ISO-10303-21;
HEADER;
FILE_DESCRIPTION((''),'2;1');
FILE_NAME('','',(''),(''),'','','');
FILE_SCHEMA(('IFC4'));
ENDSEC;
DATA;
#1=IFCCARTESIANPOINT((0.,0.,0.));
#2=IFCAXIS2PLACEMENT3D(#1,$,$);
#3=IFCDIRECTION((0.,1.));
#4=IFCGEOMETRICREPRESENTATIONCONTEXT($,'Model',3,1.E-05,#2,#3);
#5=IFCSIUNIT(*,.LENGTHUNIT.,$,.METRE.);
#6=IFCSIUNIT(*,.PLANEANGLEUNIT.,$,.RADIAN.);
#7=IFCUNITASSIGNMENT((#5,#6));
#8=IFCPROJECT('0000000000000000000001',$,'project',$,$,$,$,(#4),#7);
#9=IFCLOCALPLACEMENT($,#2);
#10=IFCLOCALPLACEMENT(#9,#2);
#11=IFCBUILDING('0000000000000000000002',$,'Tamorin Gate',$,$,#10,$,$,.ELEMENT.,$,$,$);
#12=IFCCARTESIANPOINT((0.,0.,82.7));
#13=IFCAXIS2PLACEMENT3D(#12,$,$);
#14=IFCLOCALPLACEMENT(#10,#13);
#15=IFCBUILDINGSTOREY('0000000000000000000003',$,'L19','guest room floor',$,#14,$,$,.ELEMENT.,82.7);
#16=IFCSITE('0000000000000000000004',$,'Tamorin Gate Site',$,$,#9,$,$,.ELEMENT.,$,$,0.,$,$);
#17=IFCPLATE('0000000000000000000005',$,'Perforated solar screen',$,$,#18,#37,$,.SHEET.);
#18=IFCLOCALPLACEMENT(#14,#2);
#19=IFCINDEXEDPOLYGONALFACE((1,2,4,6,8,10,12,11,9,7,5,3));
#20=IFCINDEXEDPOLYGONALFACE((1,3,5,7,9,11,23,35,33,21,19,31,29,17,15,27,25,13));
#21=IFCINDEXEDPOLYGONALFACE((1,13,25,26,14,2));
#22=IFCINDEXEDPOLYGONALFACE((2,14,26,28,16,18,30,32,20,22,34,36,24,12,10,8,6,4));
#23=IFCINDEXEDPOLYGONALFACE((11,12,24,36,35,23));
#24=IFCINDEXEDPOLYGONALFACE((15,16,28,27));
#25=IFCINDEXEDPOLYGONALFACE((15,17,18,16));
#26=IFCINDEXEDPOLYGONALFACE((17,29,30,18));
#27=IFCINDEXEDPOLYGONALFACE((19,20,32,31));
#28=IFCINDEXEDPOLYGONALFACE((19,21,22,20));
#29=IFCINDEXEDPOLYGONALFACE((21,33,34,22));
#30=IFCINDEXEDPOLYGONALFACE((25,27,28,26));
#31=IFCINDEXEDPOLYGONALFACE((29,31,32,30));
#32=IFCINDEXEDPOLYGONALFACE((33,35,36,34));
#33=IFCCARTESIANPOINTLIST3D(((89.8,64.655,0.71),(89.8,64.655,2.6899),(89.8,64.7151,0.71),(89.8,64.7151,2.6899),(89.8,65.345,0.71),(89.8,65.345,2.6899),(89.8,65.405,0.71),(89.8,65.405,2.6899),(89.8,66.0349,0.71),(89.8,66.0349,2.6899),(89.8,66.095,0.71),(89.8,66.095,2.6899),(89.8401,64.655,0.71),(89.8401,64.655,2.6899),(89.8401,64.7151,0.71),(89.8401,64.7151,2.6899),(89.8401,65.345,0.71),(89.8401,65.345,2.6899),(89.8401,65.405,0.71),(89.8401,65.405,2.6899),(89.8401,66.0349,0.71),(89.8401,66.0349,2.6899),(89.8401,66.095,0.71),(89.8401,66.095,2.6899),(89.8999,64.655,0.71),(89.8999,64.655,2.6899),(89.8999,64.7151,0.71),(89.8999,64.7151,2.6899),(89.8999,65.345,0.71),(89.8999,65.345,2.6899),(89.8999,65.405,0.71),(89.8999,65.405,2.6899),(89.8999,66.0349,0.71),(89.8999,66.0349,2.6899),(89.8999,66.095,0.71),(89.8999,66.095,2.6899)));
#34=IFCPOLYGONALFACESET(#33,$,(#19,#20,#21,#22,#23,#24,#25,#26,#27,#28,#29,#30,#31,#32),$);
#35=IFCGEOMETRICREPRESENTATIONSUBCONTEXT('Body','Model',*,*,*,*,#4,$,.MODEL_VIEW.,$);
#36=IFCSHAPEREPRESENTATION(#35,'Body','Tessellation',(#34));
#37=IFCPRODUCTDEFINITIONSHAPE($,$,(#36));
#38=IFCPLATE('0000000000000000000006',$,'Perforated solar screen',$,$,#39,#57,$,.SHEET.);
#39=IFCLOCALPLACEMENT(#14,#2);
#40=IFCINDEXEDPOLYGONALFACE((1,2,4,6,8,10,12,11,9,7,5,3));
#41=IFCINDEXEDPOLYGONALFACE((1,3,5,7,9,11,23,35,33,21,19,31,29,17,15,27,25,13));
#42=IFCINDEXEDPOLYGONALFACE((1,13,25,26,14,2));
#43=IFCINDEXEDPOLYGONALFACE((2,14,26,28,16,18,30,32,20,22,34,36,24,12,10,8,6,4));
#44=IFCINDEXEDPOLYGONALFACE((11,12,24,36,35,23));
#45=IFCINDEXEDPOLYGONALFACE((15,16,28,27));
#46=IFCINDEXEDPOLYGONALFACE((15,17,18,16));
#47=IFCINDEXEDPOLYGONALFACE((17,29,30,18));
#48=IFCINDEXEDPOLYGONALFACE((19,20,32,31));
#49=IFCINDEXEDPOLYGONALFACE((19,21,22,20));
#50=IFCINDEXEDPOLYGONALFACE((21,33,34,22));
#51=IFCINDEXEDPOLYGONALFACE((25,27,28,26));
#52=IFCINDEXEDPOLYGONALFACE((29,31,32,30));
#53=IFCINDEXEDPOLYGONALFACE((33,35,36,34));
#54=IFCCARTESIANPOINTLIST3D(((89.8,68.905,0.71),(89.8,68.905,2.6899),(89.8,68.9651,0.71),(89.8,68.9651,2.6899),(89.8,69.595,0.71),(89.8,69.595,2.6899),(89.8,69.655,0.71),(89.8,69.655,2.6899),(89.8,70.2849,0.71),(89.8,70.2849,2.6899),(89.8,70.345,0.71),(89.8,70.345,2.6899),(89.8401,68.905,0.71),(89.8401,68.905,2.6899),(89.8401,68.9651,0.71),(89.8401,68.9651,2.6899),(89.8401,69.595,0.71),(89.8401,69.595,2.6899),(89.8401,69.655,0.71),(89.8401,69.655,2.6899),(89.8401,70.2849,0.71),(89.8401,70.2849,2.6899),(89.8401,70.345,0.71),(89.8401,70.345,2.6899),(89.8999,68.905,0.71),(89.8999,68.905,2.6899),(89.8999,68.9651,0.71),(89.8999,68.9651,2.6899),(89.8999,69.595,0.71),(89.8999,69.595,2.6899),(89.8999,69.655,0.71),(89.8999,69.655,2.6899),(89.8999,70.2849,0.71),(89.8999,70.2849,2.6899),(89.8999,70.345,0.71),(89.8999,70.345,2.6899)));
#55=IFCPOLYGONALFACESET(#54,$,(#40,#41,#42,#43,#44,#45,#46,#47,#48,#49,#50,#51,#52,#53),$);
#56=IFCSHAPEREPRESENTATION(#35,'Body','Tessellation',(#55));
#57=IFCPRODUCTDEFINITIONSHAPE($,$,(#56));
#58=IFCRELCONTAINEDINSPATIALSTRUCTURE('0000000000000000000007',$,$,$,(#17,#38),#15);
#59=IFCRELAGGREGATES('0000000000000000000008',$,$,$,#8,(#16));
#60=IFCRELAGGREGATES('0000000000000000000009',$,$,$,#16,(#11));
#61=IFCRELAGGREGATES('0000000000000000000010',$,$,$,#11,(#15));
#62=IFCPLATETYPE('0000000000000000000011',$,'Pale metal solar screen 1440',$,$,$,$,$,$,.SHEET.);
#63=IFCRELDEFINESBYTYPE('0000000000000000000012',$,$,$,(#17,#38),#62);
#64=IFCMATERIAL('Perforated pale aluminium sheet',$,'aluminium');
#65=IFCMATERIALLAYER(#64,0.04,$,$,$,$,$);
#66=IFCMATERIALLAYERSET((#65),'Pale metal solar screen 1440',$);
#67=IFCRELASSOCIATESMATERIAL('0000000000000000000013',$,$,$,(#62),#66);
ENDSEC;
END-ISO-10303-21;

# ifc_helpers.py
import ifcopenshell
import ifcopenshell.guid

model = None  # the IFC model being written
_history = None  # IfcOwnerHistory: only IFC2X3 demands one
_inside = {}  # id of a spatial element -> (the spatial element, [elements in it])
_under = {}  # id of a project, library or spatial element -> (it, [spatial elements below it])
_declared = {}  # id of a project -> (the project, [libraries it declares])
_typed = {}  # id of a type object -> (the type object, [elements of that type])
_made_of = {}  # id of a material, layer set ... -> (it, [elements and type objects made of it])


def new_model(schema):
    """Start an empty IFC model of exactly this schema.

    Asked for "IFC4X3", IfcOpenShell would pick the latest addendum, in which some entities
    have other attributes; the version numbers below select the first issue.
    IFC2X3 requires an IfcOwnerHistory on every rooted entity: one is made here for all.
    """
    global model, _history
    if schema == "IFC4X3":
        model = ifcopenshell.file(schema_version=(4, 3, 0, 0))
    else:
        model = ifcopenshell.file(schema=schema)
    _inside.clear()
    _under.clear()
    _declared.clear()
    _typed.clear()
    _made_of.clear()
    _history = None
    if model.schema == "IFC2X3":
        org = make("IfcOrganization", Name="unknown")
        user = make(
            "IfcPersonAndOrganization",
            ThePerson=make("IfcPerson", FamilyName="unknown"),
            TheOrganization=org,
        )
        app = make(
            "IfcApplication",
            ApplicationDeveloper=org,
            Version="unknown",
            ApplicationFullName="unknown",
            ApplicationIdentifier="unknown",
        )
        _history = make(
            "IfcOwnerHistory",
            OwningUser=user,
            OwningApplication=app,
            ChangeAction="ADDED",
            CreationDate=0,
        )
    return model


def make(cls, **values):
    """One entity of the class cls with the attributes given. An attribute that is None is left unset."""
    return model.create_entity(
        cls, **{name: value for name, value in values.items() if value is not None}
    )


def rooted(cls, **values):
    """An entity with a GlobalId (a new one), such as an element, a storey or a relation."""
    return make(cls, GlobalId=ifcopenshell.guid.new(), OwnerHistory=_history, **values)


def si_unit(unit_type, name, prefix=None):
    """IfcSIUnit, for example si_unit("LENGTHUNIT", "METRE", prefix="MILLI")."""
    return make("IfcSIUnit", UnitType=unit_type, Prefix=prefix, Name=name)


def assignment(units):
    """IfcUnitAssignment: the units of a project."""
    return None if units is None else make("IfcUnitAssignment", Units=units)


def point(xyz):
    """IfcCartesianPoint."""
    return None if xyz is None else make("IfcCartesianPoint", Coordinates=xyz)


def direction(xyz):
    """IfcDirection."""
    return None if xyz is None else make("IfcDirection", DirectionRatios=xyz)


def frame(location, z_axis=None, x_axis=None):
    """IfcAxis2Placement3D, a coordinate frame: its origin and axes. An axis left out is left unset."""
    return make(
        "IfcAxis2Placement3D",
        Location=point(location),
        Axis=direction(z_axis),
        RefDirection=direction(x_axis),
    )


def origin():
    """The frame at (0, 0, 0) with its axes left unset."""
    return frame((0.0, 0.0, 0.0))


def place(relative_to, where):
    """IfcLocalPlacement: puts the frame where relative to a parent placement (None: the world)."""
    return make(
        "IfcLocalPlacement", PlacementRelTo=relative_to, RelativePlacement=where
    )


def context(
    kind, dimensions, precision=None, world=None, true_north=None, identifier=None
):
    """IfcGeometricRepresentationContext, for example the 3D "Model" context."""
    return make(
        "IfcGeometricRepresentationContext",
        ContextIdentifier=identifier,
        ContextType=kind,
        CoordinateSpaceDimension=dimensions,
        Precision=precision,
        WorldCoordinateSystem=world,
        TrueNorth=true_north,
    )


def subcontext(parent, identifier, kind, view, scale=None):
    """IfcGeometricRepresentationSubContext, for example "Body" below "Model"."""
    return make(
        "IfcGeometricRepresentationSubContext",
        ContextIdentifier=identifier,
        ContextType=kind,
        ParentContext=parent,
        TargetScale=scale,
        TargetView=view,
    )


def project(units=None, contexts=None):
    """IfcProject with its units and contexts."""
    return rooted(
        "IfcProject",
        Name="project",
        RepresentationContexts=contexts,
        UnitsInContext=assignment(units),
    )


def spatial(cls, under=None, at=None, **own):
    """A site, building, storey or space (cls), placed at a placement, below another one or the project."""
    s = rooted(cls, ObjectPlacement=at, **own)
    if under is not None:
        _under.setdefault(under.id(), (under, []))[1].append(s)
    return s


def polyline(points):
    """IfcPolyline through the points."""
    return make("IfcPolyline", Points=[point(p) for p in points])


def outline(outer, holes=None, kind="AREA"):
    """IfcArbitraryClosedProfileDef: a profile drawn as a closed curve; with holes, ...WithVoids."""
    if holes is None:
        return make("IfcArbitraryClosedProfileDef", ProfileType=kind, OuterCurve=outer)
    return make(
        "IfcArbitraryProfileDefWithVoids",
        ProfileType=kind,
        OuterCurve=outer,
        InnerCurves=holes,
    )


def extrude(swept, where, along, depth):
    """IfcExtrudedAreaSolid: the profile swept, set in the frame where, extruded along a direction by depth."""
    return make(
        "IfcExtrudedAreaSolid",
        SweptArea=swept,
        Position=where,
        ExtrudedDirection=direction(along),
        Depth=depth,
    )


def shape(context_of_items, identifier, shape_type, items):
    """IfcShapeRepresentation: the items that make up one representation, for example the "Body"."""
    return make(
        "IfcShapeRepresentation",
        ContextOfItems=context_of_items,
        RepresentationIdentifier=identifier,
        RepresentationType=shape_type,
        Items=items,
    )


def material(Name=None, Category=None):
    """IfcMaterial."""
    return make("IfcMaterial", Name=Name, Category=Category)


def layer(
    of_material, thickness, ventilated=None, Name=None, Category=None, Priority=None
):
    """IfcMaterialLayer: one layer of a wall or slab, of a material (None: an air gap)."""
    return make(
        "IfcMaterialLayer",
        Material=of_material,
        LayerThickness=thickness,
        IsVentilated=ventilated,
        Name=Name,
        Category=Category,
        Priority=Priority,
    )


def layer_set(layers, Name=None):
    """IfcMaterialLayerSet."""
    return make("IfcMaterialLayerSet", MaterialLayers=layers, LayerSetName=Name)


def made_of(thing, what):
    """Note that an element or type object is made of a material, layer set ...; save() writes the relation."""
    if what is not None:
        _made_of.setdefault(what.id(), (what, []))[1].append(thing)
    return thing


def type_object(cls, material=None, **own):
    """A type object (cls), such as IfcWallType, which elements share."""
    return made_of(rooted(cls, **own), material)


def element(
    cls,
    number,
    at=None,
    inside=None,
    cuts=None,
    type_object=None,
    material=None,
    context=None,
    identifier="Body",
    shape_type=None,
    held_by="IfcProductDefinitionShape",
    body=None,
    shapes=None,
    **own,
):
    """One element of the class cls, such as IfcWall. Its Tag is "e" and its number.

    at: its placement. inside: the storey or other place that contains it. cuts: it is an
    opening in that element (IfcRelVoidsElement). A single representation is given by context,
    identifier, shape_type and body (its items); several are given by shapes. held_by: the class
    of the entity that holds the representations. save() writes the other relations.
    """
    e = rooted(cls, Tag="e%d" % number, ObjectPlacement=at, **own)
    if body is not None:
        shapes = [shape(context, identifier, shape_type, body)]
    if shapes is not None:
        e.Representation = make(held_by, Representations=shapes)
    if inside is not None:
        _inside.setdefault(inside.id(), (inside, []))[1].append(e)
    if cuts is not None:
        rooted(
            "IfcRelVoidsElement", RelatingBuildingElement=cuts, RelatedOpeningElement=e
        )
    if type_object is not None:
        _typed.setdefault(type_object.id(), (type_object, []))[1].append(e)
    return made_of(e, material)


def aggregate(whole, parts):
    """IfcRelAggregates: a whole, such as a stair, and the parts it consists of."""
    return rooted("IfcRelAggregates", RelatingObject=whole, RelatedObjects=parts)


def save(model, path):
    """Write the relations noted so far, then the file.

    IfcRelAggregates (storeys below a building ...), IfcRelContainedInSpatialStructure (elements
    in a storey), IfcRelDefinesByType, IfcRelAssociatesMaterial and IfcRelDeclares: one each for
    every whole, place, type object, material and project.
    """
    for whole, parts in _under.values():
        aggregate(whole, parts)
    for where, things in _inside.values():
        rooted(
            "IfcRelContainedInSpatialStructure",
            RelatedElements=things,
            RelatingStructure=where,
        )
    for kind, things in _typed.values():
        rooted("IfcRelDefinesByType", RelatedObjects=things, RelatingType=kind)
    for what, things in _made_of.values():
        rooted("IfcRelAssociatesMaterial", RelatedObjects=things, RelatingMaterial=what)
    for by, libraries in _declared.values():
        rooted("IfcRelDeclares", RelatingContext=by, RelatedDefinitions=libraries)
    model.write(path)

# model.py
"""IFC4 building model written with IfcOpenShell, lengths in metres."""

from ifc_helpers import new_model, si_unit, direction, frame, origin, place, context, subcontext, project, spatial, polyline, outline, extrude, material, layer, layer_set, type_object, element, save


model = new_model("IFC4")

# Units and contexts
model_context = context("Model", 3, precision=1e-05, world=origin(), true_north=direction((0.0, 1.0)))
body_context = subcontext(model_context, "Body", "Model", "MODEL_VIEW")
ifc_project = project(units=[si_unit("LENGTHUNIT", "METRE"), si_unit("PLANEANGLEUNIT", "RADIAN")], contexts=[model_context])

# Site, building, storey
site_placement = place(None, origin())
site = spatial("IfcSite", under=ifc_project, at=site_placement, Name="Tamorin Gate Site", CompositionType="ELEMENT", RefElevation=0.0)
building_placement = place(site_placement, origin())
building = spatial("IfcBuilding", under=site, at=building_placement, Name="Tamorin Gate", CompositionType="ELEMENT")
storey_placement = place(building_placement, frame((0.0, 0.0, 82.7)))
storey = spatial("IfcBuildingStorey", under=building, at=storey_placement, Name="L19", Description="guest room floor", CompositionType="ELEMENT", Elevation=82.7)

# Plates
ifc_material_1 = material(Name="Perforated pale aluminium sheet", Category="aluminium")
ifc_layer_1 = layer(ifc_material_1, 0.04)
ifc_layer_set_1 = layer_set([ifc_layer_1], Name="Pale metal solar screen 1440")
plate_type = type_object("IfcPlateType", Name="Pale metal solar screen 1440", PredefinedType="SHEET", material=ifc_layer_set_1)
plate_1_placement = place(storey_placement, frame((0.0, 0.0, 0.71)))
element("IfcPlate", 1, at=plate_1_placement, inside=storey, type_object=plate_type, Name="Perforated solar screen", PredefinedType="SHEET", context=body_context, shape_type="SweptSolid", body=[
    extrude(outline(polyline([(89.8401, 64.655), (89.8, 64.655), (89.8, 64.7151), (89.8, 65.345), (89.8, 65.405), (89.8, 66.0349), (89.8, 66.095), (89.8401, 66.095), (89.8999, 66.095), (89.8999, 66.0349), (89.8401, 66.0349), (89.8401, 65.405), (89.8999, 65.405), (89.8999, 65.345), (89.8401, 65.345), (89.8401, 64.7151), (89.8999, 64.7151), (89.8999, 64.655), (89.8401, 64.655)])), origin(), (0.0, 0.0, 1.0), 1.98),
])
plate_2_placement = place(storey_placement, frame((0.0, 0.0, 0.71)))
element("IfcPlate", 2, at=plate_2_placement, inside=storey, type_object=plate_type, Name="Perforated solar screen", PredefinedType="SHEET", context=body_context, shape_type="SweptSolid", body=[
    extrude(outline(polyline([(89.8401, 68.905), (89.8, 68.905), (89.8, 68.9651), (89.8, 69.595), (89.8, 69.655), (89.8, 70.2849), (89.8, 70.345), (89.8401, 70.345), (89.8999, 70.345), (89.8999, 70.2849), (89.8401, 70.2849), (89.8401, 69.655), (89.8999, 69.655), (89.8999, 69.595), (89.8401, 69.595), (89.8401, 68.9651), (89.8999, 68.9651), (89.8999, 68.905), (89.8401, 68.905)])), origin(), (0.0, 0.0, 1.0), 1.98),
])

save(model, "model.ifc")
